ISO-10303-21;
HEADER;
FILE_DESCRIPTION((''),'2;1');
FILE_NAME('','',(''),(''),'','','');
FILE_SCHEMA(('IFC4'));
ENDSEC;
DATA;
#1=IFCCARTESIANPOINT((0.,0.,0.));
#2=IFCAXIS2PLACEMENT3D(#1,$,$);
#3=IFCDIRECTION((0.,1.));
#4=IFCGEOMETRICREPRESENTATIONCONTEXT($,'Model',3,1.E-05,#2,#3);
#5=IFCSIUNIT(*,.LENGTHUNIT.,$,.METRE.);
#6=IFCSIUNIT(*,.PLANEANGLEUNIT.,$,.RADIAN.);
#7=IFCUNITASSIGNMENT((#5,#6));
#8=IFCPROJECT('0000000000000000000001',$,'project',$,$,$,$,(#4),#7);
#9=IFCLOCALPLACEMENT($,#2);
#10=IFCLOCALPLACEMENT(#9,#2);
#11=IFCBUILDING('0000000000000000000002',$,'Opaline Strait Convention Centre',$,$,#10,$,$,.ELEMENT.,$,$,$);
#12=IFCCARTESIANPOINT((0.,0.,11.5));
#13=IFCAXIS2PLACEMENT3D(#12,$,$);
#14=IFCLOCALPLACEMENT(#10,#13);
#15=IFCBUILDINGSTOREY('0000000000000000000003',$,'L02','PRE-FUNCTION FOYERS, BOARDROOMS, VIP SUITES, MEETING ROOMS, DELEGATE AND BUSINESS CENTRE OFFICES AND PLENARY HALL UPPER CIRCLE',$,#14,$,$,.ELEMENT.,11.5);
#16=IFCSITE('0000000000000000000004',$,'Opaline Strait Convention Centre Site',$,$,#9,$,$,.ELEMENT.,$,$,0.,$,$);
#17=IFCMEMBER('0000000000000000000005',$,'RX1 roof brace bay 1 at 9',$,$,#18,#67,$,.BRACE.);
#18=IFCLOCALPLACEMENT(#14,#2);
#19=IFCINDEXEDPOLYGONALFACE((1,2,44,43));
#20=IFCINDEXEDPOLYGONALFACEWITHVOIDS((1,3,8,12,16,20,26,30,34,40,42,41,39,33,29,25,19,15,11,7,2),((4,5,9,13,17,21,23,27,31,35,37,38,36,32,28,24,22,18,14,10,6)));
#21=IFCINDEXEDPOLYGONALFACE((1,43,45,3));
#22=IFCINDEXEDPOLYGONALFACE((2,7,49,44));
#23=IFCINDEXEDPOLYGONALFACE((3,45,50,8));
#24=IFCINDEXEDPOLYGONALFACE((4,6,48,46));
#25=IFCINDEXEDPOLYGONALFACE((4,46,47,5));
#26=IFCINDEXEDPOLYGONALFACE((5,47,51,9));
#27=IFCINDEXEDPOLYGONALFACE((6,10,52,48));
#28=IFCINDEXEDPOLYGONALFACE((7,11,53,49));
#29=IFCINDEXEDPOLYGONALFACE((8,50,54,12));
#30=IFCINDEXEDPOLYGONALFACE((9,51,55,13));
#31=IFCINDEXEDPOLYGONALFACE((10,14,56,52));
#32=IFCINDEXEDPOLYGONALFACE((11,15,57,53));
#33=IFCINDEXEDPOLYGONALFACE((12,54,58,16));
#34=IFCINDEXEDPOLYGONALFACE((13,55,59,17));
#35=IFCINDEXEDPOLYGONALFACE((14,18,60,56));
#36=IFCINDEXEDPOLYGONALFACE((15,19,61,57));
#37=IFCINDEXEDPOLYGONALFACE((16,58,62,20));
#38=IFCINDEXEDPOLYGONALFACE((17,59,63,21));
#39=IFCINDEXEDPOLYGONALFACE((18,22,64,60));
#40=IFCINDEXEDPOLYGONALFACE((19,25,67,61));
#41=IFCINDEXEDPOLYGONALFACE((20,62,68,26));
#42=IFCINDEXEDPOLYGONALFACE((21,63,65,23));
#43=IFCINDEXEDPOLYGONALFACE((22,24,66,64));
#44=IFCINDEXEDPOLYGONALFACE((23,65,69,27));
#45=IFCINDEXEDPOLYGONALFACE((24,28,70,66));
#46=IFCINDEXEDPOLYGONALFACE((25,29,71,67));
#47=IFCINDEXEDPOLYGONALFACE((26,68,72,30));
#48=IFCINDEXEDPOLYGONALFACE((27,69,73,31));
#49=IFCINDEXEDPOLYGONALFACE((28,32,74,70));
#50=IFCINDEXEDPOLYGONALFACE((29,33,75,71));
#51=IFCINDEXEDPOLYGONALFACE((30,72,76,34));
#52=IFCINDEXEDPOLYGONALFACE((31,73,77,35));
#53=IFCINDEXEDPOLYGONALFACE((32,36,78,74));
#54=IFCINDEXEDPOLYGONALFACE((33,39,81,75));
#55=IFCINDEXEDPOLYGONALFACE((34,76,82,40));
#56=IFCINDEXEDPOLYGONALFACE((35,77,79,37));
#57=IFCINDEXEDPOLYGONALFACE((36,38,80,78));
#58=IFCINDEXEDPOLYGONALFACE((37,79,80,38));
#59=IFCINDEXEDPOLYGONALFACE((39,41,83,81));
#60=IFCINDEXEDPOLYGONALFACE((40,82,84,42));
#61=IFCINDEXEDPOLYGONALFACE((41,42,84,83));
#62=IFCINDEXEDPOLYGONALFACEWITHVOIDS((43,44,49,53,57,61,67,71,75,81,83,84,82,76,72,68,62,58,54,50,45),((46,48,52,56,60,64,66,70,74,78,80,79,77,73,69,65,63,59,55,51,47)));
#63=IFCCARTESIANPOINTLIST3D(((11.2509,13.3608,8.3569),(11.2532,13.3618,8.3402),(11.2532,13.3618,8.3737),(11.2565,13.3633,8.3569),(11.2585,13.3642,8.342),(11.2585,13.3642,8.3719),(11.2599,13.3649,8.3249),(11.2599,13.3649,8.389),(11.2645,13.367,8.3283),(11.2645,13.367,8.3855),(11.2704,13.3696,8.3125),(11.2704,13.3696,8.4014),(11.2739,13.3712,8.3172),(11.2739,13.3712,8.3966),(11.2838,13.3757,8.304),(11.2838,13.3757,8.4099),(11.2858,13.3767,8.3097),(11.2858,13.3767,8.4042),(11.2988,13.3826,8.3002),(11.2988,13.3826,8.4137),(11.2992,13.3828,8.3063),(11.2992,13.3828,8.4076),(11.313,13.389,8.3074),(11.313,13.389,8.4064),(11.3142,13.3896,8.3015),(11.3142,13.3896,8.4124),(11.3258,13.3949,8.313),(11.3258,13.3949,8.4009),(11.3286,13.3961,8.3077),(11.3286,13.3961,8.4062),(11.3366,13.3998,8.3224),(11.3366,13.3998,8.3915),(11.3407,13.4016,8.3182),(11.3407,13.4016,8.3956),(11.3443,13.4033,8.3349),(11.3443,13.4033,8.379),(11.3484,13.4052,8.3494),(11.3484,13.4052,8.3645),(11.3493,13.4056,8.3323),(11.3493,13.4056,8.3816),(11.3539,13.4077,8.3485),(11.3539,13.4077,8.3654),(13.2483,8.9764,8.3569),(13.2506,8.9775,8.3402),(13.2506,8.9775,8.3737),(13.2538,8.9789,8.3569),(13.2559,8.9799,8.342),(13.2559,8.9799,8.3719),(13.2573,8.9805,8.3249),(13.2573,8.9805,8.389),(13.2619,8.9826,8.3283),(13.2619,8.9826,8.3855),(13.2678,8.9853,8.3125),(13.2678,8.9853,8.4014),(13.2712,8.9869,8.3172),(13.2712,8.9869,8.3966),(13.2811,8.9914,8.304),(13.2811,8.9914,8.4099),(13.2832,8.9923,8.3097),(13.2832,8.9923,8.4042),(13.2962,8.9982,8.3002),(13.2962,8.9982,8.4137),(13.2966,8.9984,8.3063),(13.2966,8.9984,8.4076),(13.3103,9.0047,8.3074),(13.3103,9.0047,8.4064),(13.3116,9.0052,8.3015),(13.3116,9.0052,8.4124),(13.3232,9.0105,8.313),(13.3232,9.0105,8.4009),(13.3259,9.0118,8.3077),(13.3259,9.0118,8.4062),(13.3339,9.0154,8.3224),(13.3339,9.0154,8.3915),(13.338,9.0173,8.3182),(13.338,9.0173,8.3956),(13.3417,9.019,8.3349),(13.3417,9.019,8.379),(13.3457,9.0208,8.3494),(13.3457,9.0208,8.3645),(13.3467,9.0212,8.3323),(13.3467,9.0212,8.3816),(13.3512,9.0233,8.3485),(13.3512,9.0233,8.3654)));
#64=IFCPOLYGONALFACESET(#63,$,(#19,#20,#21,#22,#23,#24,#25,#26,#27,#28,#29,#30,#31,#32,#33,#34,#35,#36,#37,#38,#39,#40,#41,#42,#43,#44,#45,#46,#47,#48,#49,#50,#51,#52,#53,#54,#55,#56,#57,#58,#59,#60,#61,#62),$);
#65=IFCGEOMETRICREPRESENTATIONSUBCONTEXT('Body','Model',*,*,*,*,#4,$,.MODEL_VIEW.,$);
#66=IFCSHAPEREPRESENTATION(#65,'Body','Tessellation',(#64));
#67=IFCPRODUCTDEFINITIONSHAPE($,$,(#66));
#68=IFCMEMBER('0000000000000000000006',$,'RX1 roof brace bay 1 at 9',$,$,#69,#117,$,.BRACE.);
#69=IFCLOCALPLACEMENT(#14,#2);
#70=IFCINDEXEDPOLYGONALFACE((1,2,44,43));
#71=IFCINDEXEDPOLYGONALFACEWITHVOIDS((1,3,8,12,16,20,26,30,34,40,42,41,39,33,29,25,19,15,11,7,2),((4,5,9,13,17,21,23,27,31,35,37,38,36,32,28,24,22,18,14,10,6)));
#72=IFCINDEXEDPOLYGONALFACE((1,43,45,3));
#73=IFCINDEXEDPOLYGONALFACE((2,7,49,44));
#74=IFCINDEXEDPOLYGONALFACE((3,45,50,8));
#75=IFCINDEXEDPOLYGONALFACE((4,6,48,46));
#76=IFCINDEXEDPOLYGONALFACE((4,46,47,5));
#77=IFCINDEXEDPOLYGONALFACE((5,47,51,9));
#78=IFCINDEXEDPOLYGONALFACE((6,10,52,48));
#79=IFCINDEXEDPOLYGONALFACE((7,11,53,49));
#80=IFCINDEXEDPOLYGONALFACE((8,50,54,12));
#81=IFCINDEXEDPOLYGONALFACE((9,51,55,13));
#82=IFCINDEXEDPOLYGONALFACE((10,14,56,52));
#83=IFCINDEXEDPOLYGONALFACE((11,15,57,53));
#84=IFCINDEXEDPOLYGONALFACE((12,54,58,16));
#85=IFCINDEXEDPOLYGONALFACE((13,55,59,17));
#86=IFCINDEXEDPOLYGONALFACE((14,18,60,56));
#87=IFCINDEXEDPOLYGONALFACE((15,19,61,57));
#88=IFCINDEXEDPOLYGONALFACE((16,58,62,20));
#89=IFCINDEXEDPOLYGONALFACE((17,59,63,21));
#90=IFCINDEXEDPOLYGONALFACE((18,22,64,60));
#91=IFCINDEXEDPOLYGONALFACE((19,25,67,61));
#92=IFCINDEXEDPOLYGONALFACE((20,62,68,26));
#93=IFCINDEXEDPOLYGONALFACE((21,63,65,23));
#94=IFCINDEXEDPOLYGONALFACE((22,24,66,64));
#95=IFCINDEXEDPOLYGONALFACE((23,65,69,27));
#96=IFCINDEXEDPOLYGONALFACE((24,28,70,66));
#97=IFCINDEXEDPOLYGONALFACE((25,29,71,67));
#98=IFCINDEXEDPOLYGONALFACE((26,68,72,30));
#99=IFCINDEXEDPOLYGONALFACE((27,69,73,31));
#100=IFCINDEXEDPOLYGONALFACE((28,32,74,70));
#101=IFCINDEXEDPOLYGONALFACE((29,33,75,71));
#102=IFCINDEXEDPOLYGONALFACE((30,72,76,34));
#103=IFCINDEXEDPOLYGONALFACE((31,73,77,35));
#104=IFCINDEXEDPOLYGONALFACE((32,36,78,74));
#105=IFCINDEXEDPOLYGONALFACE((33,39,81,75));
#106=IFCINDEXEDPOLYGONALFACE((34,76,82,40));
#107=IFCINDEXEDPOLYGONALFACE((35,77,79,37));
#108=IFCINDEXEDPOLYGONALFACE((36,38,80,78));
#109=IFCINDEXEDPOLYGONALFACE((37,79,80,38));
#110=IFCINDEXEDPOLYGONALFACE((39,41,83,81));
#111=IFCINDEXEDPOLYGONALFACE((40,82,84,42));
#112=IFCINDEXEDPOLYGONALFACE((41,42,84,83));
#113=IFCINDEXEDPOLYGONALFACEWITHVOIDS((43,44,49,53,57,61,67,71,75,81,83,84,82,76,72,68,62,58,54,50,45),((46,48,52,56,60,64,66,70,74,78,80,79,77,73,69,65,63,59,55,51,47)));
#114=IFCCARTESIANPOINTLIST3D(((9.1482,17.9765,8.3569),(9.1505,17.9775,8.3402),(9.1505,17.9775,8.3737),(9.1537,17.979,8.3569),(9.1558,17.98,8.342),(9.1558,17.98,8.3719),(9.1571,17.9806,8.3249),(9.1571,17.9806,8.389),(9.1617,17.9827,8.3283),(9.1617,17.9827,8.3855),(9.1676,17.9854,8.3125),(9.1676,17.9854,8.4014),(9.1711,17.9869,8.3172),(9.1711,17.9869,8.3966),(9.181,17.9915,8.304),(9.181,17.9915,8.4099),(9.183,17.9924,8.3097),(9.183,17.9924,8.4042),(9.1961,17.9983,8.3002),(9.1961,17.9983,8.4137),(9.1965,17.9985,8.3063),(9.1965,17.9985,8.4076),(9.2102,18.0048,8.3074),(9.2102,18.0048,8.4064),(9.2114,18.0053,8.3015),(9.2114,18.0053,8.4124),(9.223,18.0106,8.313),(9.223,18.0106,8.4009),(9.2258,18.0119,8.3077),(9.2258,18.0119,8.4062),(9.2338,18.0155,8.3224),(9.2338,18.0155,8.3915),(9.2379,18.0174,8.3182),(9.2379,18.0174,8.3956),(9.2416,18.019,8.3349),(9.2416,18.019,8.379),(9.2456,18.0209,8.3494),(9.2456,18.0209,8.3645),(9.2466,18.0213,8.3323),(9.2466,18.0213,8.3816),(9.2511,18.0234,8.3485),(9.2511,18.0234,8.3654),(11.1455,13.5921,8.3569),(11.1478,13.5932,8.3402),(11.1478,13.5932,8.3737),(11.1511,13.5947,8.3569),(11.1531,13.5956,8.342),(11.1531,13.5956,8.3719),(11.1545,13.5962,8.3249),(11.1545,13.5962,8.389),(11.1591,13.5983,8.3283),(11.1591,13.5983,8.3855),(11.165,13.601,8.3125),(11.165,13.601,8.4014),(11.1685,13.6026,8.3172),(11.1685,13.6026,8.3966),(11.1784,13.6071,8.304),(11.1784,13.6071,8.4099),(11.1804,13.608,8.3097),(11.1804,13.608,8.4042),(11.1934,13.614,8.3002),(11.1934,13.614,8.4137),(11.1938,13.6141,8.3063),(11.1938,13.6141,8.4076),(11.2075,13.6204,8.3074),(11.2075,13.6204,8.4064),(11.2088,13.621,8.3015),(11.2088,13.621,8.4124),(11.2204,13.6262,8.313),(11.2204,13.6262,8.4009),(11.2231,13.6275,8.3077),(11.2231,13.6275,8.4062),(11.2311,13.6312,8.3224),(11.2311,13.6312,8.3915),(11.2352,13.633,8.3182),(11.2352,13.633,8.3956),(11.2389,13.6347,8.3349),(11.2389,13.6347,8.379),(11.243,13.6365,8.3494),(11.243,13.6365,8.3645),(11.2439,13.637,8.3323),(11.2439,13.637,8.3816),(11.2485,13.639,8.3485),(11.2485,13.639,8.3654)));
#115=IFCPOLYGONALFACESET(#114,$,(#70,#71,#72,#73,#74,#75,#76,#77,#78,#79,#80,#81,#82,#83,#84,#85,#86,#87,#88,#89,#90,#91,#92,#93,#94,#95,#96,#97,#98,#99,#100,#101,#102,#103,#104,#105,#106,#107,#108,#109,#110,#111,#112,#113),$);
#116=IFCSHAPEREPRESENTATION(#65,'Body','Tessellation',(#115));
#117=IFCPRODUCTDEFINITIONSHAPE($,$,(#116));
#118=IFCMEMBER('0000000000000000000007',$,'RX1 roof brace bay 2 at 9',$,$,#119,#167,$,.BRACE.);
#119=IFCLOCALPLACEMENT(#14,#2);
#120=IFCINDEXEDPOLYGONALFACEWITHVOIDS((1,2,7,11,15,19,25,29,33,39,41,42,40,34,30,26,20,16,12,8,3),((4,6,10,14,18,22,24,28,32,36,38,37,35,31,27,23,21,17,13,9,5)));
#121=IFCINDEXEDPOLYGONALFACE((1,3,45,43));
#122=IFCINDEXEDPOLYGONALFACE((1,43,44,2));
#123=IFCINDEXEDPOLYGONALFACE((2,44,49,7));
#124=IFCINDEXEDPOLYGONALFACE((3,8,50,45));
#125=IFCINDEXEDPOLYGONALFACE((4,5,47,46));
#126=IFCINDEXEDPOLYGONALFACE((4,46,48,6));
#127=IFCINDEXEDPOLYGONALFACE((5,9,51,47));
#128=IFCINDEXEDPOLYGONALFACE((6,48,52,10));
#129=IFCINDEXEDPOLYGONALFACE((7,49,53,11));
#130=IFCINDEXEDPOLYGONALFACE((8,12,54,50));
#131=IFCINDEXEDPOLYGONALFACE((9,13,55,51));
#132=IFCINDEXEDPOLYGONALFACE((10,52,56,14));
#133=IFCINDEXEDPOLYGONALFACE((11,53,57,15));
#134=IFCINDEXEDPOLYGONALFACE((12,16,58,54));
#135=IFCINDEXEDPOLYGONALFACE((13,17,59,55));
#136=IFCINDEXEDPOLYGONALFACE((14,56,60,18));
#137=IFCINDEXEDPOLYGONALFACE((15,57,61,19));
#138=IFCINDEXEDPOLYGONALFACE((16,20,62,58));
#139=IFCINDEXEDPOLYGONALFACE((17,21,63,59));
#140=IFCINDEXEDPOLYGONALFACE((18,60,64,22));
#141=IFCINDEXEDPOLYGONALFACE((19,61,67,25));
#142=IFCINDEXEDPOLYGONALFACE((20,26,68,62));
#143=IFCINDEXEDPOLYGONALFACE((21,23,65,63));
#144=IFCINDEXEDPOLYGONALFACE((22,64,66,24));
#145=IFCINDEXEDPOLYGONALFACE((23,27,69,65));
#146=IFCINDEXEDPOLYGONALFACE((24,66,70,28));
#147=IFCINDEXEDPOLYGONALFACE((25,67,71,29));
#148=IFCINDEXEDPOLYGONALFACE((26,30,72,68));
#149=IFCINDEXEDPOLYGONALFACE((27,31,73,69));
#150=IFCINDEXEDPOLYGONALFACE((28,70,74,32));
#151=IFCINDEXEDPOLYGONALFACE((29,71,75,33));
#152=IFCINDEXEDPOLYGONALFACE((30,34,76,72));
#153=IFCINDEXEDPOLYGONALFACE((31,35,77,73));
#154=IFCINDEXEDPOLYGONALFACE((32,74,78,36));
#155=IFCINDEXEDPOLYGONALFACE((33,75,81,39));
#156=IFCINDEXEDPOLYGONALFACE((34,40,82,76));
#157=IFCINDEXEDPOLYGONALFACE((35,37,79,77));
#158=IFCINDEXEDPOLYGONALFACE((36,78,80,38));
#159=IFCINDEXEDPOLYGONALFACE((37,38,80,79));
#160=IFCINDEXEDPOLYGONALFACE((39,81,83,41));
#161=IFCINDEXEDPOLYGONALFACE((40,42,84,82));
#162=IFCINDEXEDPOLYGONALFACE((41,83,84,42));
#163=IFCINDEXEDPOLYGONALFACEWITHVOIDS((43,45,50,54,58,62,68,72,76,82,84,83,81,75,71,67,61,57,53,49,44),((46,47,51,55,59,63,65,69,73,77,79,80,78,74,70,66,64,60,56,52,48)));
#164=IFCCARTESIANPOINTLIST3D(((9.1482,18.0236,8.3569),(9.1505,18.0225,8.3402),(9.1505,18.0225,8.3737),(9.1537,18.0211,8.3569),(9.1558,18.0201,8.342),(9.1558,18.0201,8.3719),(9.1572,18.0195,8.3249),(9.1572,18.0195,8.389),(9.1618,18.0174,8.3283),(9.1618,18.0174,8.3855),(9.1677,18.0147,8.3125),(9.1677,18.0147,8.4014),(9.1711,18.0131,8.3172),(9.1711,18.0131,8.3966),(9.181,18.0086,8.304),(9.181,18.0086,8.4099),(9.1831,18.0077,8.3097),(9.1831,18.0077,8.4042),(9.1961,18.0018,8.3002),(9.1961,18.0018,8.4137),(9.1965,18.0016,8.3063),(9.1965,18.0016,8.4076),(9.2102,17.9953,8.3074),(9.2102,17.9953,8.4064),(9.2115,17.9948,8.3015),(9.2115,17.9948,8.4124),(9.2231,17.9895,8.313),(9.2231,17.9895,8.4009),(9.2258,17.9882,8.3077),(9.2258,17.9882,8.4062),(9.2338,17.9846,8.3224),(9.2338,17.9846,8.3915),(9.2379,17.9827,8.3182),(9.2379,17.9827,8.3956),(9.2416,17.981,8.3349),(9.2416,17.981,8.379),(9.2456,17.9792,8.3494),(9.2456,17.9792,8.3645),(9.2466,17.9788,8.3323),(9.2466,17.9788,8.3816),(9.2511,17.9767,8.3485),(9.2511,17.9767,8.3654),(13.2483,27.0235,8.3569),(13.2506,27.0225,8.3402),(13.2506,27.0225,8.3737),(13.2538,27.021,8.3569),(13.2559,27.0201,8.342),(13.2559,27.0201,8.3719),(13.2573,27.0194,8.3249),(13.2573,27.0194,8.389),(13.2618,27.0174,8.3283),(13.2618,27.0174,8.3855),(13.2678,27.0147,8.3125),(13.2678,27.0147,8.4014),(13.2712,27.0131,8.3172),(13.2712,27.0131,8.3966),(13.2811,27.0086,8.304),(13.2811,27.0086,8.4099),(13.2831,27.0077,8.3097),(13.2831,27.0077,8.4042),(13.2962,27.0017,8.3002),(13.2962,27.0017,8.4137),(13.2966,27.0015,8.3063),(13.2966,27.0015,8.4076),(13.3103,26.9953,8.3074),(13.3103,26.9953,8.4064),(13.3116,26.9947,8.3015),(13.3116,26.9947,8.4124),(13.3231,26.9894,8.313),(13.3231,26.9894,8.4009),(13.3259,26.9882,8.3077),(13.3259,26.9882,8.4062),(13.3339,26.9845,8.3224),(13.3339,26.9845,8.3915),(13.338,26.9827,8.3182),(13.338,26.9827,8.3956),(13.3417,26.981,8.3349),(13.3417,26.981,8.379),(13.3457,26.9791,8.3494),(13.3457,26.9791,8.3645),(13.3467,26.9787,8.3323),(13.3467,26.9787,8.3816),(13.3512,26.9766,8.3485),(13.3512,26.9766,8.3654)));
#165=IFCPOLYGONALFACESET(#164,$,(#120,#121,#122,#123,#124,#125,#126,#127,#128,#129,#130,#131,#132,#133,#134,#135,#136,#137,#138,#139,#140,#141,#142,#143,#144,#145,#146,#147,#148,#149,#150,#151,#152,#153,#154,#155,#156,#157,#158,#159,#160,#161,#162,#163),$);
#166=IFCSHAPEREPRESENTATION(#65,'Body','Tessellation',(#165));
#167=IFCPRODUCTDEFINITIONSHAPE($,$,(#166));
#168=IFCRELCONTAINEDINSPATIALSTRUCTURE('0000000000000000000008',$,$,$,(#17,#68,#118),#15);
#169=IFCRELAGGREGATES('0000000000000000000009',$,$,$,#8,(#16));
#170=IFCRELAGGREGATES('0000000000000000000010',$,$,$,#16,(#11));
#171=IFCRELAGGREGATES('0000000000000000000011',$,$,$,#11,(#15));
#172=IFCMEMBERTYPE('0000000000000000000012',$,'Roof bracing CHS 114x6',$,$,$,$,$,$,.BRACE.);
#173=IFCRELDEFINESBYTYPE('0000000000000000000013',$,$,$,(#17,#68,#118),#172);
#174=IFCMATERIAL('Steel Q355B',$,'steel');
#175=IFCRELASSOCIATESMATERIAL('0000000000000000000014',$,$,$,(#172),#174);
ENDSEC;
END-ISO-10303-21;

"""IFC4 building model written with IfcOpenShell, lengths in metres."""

from ifc_helpers import new_model, si_unit, direction, frame, origin, origin_2d, place, context, subcontext, project, spatial, hollow_circle, extrude, material, material_profile, profile_set, type_object, element, save


model = new_model("IFC4")

# Units and contexts
model_context = context("Model", 3, precision=1e-05, world=origin(), true_north=direction((0.0, 1.0)))
body_context = subcontext(model_context, "Body", "Model", "MODEL_VIEW")
ifc_project = project(units=[si_unit("LENGTHUNIT", "METRE"), si_unit("PLANEANGLEUNIT", "RADIAN")], contexts=[model_context])

# Site, building, storey
site_placement = place(None, origin())
site = spatial("IfcSite", under=ifc_project, at=site_placement, Name="Opaline Strait Convention Centre Site", CompositionType="ELEMENT", RefElevation=0.0)
building_placement = place(site_placement, origin())
building = spatial("IfcBuilding", under=site, at=building_placement, Name="Opaline Strait Convention Centre", CompositionType="ELEMENT")
storey_placement = place(building_placement, frame((0.0, 0.0, 11.5)))
storey = spatial("IfcBuildingStorey", under=building, at=storey_placement, Name="L02", Description="PRE-FUNCTION FOYERS, BOARDROOMS, VIP SUITES, MEETING ROOMS, DELEGATE AND BUSINESS CENTRE OFFICES AND PLENARY HALL UPPER CIRCLE", CompositionType="ELEMENT", Elevation=11.5)

# Shared definitions
ifc_material_1 = material(Name="Steel Q355B", Category="steel")

# Members
ifc_material_profile_1 = material_profile(ifc_material_1, hollow_circle(Radius=0.0569, WallThickness=0.0061, at=origin_2d()), Name="CHS 114x6")
ifc_profile_set_1 = profile_set([ifc_material_profile_1], Name="Steel Q355B")
member_type_1 = type_object("IfcMemberType", Name="Roof bracing CHS 114x6", PredefinedType="BRACE", material=ifc_profile_set_1)
for number, where, z_axis, x_axis, name in (
    (1, (13.3, 9.0, 8.3569), (-0.41457, 0.910017, 0.0), (-0.910017, -0.41457, 0.0), "RX1 roof brace bay 1 at 9"),
    (2, (11.1973, 13.6157, 8.3569), (-0.41457, 0.910017, 0.0), (-0.910017, -0.41457, 0.0), "RX1 roof brace bay 1 at 9"),
):
    element("IfcMember", number, at=place(storey_placement, frame(where, z_axis=z_axis, x_axis=x_axis)), inside=storey, type_object=member_type_1, Name=name, PredefinedType="BRACE", context=body_context, shape_type="SweptSolid", body=[
        extrude(hollow_circle(Radius=0.0569, WallThickness=0.0061, at=origin_2d()), origin(), (0.0, 0.0, 1.0), 4.8179),
    ])
member_1_placement = place(storey_placement, frame((9.2, 18.0, 8.3569), z_axis=(0.414573, 0.910016, 0.0), x_axis=(-0.910016, 0.414573, 0.0)))
element("IfcMember", 3, at=member_1_placement, inside=storey, type_object=member_type_1, Name="RX1 roof brace bay 2 at 9", PredefinedType="BRACE", context=body_context, shape_type="SweptSolid", body=[
    extrude(hollow_circle(Radius=0.0569, WallThickness=0.0061, at=origin_2d()), origin(), (0.0, 0.0, 1.0), 9.8899),
])

save(model, "model.ifc")
